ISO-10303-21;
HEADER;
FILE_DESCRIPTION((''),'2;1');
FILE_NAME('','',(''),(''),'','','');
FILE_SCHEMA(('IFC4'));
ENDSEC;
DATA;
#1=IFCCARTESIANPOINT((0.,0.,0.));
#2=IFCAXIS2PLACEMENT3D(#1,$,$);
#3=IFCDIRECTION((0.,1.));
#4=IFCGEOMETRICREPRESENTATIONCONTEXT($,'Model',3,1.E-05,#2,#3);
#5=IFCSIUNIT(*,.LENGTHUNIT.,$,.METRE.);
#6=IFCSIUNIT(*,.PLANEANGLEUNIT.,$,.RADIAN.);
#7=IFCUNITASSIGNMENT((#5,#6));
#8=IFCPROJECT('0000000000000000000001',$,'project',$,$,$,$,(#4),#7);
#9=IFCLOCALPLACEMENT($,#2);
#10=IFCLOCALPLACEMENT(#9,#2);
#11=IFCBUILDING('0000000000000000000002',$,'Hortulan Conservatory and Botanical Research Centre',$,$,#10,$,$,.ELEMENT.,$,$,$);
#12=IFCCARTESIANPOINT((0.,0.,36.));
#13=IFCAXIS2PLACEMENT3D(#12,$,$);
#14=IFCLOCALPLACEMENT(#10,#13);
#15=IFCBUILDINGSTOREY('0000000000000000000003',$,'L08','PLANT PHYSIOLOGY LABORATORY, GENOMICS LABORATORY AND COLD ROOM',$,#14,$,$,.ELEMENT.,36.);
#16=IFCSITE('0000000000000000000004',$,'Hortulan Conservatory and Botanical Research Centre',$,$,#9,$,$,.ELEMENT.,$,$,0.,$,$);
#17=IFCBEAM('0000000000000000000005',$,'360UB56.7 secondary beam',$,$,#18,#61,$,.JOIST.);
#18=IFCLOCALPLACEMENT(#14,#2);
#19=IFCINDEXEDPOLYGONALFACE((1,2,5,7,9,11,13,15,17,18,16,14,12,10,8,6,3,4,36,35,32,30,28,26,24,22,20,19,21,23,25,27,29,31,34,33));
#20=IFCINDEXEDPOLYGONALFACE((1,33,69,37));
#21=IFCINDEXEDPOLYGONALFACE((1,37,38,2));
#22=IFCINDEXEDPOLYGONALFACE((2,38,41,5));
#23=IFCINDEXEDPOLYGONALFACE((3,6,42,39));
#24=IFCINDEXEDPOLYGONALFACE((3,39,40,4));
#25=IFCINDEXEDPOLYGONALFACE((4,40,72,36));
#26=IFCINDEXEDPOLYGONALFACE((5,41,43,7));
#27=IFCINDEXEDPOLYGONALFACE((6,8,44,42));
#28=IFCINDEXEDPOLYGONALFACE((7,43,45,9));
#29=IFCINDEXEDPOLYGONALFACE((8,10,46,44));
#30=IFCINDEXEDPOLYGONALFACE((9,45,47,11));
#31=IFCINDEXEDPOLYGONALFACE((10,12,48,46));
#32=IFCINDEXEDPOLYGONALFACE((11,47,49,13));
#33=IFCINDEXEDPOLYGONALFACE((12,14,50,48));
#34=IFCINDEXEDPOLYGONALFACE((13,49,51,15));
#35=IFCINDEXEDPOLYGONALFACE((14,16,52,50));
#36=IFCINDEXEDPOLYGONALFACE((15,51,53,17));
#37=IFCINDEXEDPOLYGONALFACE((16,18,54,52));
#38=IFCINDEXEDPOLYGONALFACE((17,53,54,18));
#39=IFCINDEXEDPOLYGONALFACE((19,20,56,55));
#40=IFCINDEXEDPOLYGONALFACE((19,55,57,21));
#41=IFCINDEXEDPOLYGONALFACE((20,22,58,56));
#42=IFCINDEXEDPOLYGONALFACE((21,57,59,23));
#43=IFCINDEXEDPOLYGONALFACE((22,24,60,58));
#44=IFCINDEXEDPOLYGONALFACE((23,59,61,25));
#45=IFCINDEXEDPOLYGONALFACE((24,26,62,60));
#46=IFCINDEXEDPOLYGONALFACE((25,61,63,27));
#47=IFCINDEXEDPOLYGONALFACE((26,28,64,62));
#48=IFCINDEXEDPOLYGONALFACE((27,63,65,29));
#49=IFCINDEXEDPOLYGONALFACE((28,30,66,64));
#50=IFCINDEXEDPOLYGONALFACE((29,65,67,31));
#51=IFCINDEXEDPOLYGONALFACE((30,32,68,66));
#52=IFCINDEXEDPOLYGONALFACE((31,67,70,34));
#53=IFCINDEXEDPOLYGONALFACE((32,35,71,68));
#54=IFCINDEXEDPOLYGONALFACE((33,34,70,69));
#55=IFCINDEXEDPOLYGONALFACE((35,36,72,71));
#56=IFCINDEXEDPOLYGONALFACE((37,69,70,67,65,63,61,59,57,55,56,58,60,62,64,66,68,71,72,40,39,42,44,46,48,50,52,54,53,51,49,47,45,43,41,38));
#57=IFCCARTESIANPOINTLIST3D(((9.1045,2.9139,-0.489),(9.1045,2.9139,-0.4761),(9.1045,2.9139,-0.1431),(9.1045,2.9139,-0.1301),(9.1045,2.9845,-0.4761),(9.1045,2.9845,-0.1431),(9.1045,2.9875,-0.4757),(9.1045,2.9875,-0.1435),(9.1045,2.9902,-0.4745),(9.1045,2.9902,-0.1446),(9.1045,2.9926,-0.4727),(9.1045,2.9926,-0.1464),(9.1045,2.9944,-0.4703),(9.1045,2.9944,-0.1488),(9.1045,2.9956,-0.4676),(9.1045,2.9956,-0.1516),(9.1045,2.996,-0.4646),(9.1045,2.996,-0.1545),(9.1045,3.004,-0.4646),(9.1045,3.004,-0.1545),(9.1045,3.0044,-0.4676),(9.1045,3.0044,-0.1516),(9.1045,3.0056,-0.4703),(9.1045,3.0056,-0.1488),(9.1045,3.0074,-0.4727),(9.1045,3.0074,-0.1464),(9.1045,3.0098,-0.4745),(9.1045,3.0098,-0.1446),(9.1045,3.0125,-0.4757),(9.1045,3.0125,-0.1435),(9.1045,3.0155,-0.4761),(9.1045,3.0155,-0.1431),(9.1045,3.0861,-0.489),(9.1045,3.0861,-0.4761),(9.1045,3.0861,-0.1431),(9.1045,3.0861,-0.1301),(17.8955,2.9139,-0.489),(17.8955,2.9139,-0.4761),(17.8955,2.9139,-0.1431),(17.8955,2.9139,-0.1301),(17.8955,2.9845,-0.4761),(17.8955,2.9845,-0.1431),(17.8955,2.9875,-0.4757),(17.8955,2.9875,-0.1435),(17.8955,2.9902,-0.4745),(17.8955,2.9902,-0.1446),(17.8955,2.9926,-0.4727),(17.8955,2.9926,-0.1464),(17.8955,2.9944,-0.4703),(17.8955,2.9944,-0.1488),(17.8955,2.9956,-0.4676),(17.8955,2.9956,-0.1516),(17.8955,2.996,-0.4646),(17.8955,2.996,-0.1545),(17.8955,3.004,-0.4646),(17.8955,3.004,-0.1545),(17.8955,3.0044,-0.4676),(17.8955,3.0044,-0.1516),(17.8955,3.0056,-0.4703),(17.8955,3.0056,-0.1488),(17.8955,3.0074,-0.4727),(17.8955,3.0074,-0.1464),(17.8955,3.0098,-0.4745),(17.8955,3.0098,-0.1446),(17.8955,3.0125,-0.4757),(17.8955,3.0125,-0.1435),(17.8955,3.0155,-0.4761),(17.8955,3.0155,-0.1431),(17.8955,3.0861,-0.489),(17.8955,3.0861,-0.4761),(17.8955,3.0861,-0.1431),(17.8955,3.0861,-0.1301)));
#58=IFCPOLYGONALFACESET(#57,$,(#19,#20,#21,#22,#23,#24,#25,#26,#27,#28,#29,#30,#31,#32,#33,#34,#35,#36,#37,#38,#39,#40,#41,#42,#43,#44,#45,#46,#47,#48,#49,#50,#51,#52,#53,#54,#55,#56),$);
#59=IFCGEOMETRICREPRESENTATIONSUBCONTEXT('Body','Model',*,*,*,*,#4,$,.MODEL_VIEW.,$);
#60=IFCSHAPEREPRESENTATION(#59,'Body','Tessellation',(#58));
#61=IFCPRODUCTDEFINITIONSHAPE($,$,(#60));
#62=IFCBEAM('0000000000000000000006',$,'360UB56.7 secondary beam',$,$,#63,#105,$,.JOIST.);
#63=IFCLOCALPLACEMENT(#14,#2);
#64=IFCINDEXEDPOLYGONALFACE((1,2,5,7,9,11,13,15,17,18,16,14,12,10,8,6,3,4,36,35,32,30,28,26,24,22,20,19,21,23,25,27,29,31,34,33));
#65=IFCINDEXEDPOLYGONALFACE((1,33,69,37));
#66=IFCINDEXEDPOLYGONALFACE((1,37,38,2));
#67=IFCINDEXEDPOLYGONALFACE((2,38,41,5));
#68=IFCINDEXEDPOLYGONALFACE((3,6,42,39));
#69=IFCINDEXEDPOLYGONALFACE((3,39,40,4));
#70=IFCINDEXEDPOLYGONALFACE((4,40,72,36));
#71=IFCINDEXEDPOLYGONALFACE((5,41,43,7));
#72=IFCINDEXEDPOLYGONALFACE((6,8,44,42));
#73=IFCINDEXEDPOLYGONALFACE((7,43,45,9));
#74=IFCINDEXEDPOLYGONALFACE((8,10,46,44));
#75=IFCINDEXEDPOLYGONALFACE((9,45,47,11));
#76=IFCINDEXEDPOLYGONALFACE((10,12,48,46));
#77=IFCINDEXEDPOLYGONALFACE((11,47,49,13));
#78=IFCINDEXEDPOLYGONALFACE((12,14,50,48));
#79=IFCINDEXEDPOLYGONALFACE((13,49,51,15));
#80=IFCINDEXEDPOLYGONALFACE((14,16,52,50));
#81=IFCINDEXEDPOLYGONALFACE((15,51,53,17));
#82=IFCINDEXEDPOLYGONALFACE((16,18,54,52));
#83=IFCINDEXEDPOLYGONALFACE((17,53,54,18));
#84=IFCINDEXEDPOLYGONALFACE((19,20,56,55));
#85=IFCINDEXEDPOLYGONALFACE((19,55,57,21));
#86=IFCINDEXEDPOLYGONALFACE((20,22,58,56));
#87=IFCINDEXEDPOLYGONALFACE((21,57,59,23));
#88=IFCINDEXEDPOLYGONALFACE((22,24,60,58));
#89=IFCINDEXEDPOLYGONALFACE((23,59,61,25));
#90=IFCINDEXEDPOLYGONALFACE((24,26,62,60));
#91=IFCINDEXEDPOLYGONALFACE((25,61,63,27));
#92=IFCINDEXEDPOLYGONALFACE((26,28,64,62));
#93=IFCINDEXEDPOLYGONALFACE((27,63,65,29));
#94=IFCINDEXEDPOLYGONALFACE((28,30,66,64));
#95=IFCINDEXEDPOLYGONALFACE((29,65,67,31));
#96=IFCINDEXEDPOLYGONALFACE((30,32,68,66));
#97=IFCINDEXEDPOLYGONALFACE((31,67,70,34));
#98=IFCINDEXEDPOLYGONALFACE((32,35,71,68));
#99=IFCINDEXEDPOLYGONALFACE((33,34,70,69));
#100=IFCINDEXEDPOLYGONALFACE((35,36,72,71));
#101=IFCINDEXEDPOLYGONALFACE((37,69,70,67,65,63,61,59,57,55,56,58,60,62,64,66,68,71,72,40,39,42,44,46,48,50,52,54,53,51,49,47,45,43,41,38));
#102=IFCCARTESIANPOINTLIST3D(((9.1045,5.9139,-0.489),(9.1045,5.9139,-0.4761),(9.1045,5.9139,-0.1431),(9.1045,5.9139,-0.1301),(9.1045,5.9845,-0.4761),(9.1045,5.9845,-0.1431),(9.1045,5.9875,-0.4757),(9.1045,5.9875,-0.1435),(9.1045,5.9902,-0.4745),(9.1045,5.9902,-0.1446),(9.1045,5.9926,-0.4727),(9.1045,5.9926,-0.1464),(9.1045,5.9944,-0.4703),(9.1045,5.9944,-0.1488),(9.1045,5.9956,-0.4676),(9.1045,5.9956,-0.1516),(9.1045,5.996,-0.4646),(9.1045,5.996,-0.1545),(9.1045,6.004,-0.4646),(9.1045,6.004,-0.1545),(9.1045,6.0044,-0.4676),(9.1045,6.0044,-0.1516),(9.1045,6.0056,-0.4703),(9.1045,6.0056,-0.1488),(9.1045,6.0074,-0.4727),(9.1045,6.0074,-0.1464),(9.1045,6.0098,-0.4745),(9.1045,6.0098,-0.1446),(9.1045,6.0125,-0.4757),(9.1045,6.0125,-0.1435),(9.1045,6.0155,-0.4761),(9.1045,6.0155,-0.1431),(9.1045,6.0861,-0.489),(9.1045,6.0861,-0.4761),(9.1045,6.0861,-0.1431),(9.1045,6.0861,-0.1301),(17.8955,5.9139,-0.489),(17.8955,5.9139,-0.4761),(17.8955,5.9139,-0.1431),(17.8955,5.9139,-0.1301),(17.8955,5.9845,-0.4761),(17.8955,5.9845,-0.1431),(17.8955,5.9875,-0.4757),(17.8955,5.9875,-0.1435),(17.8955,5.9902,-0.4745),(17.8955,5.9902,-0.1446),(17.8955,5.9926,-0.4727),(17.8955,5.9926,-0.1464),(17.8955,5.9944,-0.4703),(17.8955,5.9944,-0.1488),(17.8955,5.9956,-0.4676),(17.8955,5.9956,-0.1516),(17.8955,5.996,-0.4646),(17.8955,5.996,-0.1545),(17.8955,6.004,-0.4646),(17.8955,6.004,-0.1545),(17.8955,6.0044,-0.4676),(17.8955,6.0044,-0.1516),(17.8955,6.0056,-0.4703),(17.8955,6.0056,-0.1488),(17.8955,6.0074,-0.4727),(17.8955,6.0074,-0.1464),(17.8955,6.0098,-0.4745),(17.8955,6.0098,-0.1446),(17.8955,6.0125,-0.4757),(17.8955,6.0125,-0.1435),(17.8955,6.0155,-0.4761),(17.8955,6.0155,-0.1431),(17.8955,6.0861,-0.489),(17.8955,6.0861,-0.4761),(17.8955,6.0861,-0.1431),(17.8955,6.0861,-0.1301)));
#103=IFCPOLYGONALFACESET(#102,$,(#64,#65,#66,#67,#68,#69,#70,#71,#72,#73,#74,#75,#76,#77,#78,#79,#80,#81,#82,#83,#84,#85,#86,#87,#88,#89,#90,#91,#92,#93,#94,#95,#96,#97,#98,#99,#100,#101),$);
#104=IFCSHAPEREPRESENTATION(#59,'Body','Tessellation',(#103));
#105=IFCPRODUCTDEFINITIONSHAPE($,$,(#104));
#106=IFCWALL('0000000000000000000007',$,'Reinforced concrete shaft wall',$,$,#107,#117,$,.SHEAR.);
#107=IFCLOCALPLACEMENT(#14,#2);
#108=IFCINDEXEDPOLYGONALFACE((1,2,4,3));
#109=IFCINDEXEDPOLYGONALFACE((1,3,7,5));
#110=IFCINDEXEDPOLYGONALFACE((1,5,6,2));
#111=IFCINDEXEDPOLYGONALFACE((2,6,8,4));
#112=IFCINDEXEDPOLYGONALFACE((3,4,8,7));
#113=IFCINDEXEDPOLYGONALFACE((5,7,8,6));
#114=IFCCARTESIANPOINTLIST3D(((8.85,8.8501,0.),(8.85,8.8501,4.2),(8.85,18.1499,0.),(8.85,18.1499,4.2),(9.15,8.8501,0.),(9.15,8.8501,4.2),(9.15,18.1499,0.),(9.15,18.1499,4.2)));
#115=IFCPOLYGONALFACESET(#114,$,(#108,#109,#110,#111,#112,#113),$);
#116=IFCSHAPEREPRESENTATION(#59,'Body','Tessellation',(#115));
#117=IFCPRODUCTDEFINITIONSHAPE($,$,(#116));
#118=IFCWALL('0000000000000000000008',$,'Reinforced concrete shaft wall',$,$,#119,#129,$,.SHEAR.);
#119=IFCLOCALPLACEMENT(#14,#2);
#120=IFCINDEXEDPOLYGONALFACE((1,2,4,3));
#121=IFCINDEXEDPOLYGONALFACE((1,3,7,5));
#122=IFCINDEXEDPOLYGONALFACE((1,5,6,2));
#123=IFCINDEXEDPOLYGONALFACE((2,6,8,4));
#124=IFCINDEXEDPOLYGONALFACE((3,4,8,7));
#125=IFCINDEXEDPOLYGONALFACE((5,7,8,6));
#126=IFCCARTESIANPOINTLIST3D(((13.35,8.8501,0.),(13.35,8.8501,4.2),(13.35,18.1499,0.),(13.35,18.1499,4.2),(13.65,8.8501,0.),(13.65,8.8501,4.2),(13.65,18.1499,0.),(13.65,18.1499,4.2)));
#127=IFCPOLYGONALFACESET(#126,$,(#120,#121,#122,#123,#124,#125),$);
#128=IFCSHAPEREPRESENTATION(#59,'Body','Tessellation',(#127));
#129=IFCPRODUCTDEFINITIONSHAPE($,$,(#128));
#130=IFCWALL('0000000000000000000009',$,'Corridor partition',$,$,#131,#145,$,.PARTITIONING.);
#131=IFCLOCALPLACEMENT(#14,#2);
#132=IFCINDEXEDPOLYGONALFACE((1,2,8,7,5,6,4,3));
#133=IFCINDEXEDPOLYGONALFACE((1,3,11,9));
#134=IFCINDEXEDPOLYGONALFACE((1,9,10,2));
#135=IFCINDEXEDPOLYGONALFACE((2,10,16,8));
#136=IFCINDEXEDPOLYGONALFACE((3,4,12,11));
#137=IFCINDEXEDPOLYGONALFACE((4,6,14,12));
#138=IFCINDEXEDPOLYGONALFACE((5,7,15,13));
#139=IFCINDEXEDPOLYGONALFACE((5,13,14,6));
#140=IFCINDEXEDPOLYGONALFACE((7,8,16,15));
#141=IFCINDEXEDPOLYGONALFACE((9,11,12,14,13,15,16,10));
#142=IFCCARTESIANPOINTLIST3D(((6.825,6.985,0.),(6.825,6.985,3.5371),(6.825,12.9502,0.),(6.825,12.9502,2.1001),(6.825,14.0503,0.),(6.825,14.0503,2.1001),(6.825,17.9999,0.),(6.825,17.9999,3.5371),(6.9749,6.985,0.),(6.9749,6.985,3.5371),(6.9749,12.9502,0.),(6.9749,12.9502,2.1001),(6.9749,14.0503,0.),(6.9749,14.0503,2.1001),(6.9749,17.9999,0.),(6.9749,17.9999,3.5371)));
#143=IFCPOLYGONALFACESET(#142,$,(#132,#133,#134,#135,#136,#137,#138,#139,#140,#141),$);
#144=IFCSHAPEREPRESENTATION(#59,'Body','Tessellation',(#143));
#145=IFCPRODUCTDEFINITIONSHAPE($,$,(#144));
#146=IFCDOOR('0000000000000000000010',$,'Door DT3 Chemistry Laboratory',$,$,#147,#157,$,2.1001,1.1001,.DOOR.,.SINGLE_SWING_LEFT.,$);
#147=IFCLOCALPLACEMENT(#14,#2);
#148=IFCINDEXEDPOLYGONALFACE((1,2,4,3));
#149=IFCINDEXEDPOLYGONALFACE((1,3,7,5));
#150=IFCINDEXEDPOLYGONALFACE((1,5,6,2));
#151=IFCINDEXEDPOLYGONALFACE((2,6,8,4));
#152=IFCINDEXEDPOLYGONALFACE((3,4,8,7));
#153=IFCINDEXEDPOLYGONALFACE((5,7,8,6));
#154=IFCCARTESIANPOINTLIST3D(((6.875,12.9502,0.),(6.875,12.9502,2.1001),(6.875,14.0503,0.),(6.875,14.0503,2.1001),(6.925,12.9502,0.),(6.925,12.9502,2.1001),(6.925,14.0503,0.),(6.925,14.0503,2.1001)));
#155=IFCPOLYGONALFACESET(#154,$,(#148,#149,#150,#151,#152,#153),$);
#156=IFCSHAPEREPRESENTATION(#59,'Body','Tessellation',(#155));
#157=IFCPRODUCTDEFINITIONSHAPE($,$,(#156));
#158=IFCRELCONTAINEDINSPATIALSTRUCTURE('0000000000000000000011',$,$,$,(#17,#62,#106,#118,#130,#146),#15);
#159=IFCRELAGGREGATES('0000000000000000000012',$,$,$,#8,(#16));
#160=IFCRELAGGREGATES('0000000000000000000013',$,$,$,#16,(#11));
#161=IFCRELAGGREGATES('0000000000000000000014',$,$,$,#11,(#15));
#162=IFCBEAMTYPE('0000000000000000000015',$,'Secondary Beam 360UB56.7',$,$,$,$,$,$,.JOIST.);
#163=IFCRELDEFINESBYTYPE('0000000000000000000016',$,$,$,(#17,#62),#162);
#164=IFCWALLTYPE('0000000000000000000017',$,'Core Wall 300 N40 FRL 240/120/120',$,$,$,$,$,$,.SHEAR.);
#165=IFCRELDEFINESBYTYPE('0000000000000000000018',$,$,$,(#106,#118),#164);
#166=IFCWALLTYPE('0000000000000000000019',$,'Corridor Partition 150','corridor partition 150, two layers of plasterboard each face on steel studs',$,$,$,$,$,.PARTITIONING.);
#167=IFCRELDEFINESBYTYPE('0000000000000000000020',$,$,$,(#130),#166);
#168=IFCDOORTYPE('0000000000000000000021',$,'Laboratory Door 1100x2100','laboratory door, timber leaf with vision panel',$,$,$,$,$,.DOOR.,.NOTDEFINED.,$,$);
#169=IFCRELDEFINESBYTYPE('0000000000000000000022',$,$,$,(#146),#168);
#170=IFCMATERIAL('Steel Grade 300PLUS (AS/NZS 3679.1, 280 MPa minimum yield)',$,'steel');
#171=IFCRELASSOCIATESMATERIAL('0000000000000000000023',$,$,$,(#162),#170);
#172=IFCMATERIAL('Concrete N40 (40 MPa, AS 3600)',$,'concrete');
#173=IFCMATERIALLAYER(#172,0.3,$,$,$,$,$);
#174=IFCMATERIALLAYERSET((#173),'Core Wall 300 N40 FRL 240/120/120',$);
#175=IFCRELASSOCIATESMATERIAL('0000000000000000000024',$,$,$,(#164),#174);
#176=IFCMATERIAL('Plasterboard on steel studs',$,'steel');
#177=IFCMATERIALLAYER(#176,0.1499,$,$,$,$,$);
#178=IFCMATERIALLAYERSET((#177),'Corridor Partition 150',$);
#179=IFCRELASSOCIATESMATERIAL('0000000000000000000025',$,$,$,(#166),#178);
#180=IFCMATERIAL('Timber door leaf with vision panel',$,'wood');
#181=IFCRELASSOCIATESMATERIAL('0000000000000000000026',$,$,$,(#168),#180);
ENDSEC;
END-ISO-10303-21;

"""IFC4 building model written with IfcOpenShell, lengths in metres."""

from ifc_helpers import new_model, si_unit, direction, frame, frame_2d, origin, origin_2d, place, context, subcontext, project, spatial, rectangle, i_section, extrude, material, layer, layer_set, material_profile, profile_set, type_object, element, fill, save


model = new_model("IFC4")

# Units and contexts
model_context = context("Model", 3, precision=1e-05, world=origin(), true_north=direction((0.0, 1.0)))
body_context = subcontext(model_context, "Body", "Model", "MODEL_VIEW")
ifc_project = project(units=[si_unit("LENGTHUNIT", "METRE"), si_unit("PLANEANGLEUNIT", "RADIAN")], contexts=[model_context])

# Site, building, storey
site_placement = place(None, origin())
site = spatial("IfcSite", under=ifc_project, at=site_placement, Name="Hortulan Conservatory and Botanical Research Centre", CompositionType="ELEMENT", RefElevation=0.0)
building_placement = place(site_placement, origin())
building = spatial("IfcBuilding", under=site, at=building_placement, Name="Hortulan Conservatory and Botanical Research Centre", CompositionType="ELEMENT")
storey_placement = place(building_placement, frame((0.0, 0.0, 36.0)))
storey = spatial("IfcBuildingStorey", under=building, at=storey_placement, Name="L08", Description="PLANT PHYSIOLOGY LABORATORY, GENOMICS LABORATORY AND COLD ROOM", CompositionType="ELEMENT", Elevation=36.0)

# Shared definitions
ifc_material_1 = material(Name="Steel Grade 300PLUS (AS/NZS 3679.1, 280 MPa minimum yield)", Category="steel")

# Beams
ifc_material_profile_1 = material_profile(ifc_material_1, i_section(OverallWidth=0.1721, OverallDepth=0.3589, WebThickness=0.0081, FlangeThickness=0.0129, FilletRadius=0.0115, at=origin_2d()), Name="360UB56.7")
ifc_profile_set_1 = profile_set([ifc_material_profile_1], Name="Steel Grade 300PLUS (AS/NZS 3679.1, 280 MPa minimum yield)")
beam_type_1 = type_object("IfcBeamType", Name="Secondary Beam 360UB56.7", PredefinedType="JOIST", material=ifc_profile_set_1)
for number, where, z_axis, x_axis, name in (
    (1, (9.1045, 3.0, -0.3096), (1.0, 0.0, 0.0), (0.0, 1.0, 0.0), "360UB56.7 secondary beam"),
    (2, (9.1045, 6.0, -0.3096), (1.0, 0.0, 0.0), (0.0, 1.0, 0.0), "360UB56.7 secondary beam"),
):
    element("IfcBeam", number, at=place(storey_placement, frame(where, z_axis=z_axis, x_axis=x_axis)), inside=storey, type_object=beam_type_1, Name=name, PredefinedType="JOIST", context=body_context, shape_type="SweptSolid", body=[
        extrude(i_section(OverallWidth=0.1721, OverallDepth=0.3589, WebThickness=0.0081, FlangeThickness=0.0129, FilletRadius=0.0115, at=origin_2d()), origin(), (0.0, 0.0, 1.0), 8.791),
    ])

# Walls
ifc_material_2 = material(Name="Concrete N40 (40 MPa, AS 3600)", Category="concrete")
ifc_layer_1 = layer(ifc_material_2, 0.3)
ifc_layer_set_1 = layer_set([ifc_layer_1], Name="Core Wall 300 N40 FRL 240/120/120")
wall_type_1 = type_object("IfcWallType", Name="Core Wall 300 N40 FRL 240/120/120", PredefinedType="SHEAR", material=ifc_layer_set_1)
for number, where, z_axis, x_axis, name in (
    (3, (9.0, 8.8501, 0.0), (0.0, 0.0, 1.0), (0.0, 1.0, 0.0), "Reinforced concrete shaft wall"),
    (4, (13.5, 8.8501, 0.0), (0.0, 0.0, 1.0), (0.0, 1.0, 0.0), "Reinforced concrete shaft wall"),
):
    element("IfcWall", number, at=place(storey_placement, frame(where, z_axis=z_axis, x_axis=x_axis)), inside=storey, type_object=wall_type_1, Name=name, PredefinedType="SHEAR", context=body_context, shape_type="SweptSolid", body=[
        extrude(rectangle(XDim=9.2998, YDim=0.3, at=frame_2d((4.6499, 0.0))), origin(), (0.0, 0.0, 1.0), 4.2),
    ])

# Wall, opening, door
ifc_material_3 = material(Name="Plasterboard on steel studs", Category="steel")
ifc_layer_2 = layer(ifc_material_3, 0.1499)
ifc_layer_set_2 = layer_set([ifc_layer_2], Name="Corridor Partition 150")
wall_type_2 = type_object("IfcWallType", Name="Corridor Partition 150", Description="corridor partition 150, two layers of plasterboard each face on steel studs", PredefinedType="PARTITIONING", material=ifc_layer_set_2)
wall_1_placement = place(storey_placement, frame((6.8999, 6.9851, 0.0), z_axis=(0.0, 0.0, 1.0), x_axis=(0.0, 1.0, 0.0)))
wall_1 = element("IfcWall", 5, at=wall_1_placement, inside=storey, type_object=wall_type_2, Name="Corridor partition", PredefinedType="PARTITIONING", context=body_context, shape_type="SweptSolid", body=[
    extrude(rectangle(XDim=11.0149, YDim=0.1499, at=frame_2d((5.5073, 0.0))), origin(), (0.0, 0.0, 1.0), 3.5371),
])
opening_1_placement = place(wall_1_placement, frame((5.9651, 0.0, 0.0)))
opening_1 = element("IfcOpeningElement", 6, at=opening_1_placement, cuts=wall_1, PredefinedType="OPENING", context=body_context, shape_type="SweptSolid", body=[
    extrude(rectangle(XDim=1.1001, YDim=2.1001, at=frame_2d((0.55, 1.05))), frame((0.0, 0.085, 0.0), z_axis=(0.0, -1.0, 0.0), x_axis=(1.0, 0.0, 0.0)), (0.0, 0.0, 1.0), 0.1699),
])
ifc_material_4 = material(Name="Timber door leaf with vision panel", Category="wood")
door_type = type_object("IfcDoorType", Name="Laboratory Door 1100x2100", Description="laboratory door, timber leaf with vision panel", OperationType="NOTDEFINED", PredefinedType="DOOR", material=ifc_material_4)
door_1_placement = place(opening_1_placement, origin())
door_1 = element("IfcDoor", 7, at=door_1_placement, inside=storey, type_object=door_type, Name="Door DT3 Chemistry Laboratory", OperationType="SINGLE_SWING_LEFT", OverallHeight=2.1001, OverallWidth=1.1001, PredefinedType="DOOR", context=body_context, shape_type="SweptSolid", body=[
    extrude(rectangle(XDim=1.1001, YDim=2.1001, at=frame_2d((0.55, 1.05))), frame((0.0, 0.0249, 0.0), z_axis=(0.0, -1.0, 0.0), x_axis=(1.0, 0.0, 0.0)), (0.0, 0.0, 1.0), 0.05),
])
fill(opening_1, door_1)

save(model, "model.ifc")
